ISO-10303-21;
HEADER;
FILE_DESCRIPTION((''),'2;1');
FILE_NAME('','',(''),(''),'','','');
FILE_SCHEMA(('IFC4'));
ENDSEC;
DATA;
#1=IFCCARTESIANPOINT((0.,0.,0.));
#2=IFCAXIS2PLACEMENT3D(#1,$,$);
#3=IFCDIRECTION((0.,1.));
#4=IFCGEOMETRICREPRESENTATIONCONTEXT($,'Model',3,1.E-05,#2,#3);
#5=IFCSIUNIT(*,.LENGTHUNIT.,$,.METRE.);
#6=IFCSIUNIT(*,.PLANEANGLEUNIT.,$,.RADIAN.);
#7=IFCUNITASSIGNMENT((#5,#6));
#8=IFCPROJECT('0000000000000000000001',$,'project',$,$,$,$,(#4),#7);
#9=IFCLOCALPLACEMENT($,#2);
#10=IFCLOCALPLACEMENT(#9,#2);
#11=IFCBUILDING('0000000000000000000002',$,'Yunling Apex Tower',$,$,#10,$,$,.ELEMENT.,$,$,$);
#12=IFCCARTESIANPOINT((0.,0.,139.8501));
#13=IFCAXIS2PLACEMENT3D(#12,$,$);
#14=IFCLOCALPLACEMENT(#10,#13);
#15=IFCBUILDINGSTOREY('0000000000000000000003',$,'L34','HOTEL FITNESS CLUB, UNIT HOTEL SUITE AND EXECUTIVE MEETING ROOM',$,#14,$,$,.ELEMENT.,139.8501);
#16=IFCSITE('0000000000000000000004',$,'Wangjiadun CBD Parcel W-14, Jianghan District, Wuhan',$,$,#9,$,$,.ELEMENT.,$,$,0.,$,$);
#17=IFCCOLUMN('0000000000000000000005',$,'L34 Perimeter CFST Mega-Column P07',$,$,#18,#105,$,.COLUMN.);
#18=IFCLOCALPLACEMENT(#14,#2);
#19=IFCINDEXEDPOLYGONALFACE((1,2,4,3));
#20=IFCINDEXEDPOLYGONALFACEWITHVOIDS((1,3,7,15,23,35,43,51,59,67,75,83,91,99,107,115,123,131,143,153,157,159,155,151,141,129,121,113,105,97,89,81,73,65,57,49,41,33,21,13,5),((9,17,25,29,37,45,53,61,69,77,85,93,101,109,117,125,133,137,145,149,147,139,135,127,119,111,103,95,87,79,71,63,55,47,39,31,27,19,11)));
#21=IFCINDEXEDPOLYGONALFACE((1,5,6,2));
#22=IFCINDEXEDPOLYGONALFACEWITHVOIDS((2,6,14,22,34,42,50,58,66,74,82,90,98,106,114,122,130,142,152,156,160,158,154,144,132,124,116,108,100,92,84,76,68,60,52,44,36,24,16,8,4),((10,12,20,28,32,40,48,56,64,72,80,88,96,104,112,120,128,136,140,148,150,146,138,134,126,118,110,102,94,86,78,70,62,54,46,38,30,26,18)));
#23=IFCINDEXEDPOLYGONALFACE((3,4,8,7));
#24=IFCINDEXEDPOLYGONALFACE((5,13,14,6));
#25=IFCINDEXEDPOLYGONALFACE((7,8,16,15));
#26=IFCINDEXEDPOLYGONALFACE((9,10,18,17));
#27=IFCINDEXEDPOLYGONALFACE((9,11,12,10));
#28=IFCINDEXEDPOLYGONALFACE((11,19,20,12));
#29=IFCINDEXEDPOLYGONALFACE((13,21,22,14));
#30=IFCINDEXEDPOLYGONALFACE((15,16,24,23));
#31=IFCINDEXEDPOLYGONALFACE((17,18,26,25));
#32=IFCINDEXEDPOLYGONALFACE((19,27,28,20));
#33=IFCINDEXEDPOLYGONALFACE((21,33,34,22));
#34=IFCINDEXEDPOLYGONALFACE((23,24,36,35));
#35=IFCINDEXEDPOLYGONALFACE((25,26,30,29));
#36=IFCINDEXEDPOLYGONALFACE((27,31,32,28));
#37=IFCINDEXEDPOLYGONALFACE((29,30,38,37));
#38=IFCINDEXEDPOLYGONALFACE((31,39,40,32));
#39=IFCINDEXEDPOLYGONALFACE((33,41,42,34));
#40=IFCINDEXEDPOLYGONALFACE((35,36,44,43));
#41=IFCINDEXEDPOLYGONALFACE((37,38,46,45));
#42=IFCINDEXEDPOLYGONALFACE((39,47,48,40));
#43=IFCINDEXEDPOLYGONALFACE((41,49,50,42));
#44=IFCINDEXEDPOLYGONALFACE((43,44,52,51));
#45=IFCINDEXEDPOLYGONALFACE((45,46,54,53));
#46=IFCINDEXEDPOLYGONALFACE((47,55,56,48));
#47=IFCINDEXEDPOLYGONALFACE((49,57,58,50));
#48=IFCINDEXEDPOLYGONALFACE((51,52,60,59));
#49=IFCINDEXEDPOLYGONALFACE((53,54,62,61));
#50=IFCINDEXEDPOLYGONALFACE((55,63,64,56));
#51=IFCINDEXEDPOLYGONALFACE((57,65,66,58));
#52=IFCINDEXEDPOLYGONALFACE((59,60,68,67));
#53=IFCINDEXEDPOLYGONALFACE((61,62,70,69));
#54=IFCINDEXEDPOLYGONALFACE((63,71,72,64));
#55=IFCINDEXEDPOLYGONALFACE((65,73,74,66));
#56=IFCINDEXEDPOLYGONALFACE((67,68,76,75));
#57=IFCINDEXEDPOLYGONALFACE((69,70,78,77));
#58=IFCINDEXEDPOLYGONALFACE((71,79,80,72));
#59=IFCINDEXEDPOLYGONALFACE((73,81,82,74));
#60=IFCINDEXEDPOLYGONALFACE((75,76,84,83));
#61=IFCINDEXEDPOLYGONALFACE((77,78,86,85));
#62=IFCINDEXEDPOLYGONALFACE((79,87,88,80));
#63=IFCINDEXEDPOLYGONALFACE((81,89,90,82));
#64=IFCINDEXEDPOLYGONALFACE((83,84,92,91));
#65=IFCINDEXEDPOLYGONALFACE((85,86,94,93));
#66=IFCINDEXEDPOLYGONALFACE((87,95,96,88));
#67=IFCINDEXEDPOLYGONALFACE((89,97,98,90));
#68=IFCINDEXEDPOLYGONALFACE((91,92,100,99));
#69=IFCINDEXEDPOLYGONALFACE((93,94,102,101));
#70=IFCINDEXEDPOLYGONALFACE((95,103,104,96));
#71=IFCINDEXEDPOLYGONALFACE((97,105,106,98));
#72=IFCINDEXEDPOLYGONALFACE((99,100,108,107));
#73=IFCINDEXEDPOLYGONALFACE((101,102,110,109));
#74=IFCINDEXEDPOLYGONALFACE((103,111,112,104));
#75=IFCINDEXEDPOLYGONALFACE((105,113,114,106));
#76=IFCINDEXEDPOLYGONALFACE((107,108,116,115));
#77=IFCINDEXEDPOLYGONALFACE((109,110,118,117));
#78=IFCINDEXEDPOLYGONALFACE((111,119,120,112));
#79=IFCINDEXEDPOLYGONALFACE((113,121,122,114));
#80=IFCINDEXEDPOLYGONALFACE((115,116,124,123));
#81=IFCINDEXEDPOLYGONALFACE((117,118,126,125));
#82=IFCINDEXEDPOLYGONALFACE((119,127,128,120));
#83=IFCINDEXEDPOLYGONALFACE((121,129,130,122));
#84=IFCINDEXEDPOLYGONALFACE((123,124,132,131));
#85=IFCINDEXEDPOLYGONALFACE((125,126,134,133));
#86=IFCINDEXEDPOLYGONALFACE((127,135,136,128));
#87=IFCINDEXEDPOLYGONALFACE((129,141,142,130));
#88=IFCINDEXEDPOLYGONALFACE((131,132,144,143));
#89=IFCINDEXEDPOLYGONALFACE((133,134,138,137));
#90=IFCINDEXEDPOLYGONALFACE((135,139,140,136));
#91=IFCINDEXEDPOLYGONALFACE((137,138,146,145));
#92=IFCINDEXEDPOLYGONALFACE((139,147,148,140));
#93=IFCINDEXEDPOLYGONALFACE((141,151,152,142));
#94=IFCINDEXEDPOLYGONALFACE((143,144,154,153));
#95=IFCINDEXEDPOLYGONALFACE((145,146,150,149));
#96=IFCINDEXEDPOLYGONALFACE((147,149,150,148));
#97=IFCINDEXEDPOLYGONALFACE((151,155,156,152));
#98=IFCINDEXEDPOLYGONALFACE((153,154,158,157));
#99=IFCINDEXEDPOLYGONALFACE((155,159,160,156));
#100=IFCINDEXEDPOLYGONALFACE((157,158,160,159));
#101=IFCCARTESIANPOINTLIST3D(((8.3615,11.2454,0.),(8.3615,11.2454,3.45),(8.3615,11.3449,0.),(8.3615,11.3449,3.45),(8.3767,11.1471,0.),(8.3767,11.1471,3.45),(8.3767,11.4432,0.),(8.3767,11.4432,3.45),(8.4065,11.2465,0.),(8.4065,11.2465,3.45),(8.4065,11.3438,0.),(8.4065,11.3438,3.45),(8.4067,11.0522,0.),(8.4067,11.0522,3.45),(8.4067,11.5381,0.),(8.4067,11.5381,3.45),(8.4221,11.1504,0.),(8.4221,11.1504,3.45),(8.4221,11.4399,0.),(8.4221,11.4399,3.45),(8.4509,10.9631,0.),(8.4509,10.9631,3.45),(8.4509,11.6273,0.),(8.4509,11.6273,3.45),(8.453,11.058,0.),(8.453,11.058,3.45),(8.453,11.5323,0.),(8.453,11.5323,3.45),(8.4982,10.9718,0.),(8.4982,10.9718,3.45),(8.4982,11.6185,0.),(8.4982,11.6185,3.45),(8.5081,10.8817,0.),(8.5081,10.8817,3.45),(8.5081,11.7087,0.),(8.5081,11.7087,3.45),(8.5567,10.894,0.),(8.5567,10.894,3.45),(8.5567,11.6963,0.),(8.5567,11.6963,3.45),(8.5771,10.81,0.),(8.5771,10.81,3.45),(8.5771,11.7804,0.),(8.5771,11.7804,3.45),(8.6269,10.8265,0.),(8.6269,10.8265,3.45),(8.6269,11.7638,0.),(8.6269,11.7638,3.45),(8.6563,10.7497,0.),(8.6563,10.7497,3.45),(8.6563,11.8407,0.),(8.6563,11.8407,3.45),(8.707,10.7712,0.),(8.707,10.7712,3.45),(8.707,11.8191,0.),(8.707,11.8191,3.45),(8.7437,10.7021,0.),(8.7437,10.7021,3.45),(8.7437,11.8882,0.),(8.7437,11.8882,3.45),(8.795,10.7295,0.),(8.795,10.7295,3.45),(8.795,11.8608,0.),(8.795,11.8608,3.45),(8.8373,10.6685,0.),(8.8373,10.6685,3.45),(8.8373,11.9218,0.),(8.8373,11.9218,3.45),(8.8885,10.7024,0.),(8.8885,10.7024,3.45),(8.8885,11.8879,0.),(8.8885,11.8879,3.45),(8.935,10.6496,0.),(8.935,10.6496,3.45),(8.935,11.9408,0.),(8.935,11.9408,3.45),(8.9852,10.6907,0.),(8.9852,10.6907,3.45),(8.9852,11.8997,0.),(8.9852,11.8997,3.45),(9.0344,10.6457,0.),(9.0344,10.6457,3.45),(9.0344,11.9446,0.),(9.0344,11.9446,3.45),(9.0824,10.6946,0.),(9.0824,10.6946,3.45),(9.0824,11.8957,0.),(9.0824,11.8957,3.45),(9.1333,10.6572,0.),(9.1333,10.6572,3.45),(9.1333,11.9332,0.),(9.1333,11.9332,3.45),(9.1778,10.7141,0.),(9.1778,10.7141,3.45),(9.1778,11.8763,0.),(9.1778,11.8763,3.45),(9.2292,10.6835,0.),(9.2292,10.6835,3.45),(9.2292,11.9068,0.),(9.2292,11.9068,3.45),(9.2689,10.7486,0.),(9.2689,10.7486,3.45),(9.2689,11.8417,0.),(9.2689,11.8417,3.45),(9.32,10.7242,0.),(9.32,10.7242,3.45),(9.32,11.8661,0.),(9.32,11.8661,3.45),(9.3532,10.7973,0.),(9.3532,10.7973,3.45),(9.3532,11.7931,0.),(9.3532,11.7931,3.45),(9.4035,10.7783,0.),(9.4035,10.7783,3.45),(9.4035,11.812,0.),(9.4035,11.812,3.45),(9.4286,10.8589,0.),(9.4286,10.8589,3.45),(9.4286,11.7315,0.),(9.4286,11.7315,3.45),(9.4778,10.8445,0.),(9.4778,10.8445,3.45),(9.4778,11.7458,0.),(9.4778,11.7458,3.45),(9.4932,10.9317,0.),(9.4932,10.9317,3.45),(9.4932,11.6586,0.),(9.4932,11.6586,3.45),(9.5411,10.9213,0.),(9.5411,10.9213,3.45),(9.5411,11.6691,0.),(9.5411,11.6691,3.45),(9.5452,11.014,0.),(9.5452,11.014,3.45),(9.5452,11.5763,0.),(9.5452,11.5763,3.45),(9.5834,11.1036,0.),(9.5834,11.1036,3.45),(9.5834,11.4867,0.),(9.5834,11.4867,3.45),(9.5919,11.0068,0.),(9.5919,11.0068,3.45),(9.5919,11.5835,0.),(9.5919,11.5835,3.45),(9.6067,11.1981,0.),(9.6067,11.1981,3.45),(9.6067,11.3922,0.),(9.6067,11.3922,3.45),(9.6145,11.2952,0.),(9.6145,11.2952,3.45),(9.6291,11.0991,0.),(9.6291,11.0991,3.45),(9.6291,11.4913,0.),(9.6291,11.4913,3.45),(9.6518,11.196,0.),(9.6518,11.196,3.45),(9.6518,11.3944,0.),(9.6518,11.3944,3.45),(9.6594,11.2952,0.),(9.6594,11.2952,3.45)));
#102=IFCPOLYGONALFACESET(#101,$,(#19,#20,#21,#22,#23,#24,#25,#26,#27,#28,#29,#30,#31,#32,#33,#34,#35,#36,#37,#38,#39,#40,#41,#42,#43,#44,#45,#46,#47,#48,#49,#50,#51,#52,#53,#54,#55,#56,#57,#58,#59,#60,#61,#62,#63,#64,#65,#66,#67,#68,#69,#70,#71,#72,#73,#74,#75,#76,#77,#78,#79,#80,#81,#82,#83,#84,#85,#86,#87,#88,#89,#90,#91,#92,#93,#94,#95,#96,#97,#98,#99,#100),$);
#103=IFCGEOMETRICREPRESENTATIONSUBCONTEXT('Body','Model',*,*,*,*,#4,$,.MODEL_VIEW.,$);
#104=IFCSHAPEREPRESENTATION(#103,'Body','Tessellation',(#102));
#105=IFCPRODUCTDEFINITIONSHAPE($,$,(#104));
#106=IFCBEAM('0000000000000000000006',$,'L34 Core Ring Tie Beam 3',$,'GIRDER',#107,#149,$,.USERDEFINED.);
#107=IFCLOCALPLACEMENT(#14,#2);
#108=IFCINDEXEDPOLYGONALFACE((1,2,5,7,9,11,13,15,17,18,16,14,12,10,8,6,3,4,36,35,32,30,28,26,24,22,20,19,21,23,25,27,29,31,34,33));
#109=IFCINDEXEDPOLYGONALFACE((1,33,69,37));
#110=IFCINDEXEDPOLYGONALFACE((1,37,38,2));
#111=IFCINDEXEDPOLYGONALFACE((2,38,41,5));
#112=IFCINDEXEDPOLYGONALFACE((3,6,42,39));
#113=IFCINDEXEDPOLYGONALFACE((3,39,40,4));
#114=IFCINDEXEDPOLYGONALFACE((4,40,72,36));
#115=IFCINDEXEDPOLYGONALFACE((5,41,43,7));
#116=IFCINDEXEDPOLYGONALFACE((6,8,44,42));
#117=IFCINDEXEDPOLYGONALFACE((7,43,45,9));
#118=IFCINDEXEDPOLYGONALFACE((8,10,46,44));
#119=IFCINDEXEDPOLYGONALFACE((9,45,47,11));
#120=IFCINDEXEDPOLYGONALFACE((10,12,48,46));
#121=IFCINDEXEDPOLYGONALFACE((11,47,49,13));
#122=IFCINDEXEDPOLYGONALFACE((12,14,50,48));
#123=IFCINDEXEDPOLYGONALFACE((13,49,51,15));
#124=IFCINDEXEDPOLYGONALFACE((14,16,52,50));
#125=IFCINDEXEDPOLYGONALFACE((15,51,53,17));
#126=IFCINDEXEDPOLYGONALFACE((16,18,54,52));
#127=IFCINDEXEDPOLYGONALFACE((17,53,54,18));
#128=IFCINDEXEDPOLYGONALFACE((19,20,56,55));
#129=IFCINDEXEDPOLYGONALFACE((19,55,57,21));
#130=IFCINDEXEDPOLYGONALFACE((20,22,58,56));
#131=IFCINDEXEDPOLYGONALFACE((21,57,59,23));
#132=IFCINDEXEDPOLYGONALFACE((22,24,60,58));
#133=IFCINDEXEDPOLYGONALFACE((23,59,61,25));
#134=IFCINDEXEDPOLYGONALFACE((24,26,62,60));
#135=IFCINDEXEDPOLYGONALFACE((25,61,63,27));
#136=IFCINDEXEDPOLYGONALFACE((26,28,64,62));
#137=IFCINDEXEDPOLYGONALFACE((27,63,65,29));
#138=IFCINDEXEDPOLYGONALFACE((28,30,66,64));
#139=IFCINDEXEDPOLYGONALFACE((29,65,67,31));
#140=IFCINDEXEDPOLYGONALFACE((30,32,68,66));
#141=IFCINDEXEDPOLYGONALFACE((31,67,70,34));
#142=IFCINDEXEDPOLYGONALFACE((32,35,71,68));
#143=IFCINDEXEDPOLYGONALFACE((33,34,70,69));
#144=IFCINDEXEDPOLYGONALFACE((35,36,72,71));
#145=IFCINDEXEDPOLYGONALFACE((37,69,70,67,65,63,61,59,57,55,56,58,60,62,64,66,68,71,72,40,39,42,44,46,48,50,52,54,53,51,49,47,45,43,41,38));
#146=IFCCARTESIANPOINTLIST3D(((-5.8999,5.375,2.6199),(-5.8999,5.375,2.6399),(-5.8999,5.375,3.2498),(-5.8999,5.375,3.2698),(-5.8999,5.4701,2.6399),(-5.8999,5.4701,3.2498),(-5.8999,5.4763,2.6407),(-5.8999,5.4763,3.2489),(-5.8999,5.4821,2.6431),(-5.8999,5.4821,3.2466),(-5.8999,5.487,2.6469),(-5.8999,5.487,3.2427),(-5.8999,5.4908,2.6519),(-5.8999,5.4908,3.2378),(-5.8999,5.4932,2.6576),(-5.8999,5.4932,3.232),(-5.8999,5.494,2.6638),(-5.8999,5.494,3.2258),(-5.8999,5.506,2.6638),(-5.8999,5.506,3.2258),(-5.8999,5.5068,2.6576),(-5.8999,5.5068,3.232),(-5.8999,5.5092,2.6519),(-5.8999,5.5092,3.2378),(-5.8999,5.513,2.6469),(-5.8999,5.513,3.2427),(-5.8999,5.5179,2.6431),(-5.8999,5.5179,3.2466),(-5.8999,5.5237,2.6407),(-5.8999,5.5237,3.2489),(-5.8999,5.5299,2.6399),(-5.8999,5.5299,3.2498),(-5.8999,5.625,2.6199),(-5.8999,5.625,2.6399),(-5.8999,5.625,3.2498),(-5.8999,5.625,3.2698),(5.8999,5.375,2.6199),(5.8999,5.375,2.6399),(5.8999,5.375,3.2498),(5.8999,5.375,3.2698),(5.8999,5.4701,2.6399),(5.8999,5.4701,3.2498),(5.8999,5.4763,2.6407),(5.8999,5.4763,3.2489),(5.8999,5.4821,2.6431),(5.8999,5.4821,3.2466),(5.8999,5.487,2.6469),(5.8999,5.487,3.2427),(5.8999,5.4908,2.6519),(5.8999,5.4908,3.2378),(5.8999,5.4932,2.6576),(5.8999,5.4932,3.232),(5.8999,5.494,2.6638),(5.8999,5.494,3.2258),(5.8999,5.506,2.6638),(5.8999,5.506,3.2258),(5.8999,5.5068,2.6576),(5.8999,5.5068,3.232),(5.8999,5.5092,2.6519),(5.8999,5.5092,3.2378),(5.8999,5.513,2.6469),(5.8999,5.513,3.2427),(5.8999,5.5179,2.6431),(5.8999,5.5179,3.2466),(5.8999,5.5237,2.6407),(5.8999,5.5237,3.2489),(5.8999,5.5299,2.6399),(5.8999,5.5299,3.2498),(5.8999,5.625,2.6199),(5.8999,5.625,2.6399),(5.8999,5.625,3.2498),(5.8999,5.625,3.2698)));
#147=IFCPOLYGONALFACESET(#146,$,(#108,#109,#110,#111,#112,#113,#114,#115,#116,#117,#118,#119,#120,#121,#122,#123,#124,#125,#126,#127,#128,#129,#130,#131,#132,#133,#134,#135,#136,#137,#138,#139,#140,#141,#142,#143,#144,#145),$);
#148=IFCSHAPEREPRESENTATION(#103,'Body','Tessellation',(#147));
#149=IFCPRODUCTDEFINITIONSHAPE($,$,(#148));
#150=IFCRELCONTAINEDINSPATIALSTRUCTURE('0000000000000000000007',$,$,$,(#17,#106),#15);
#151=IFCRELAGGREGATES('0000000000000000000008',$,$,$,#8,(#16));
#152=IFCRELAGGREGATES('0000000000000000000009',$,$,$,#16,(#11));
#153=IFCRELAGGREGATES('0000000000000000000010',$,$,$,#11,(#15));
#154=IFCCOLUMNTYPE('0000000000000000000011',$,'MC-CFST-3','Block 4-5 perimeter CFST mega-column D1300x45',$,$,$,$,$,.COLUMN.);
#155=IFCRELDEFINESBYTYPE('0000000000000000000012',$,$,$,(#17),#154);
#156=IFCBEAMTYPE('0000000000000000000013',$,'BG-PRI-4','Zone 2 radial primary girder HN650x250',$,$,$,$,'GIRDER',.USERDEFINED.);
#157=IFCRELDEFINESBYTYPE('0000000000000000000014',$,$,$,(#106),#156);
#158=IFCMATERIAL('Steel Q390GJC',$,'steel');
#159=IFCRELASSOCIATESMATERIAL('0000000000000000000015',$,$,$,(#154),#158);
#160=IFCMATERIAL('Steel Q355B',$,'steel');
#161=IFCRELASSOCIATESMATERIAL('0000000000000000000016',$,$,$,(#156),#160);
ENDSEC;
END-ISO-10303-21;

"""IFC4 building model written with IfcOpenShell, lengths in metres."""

from ifc_helpers import new_model, si_unit, direction, frame, origin, origin_2d, place, context, subcontext, project, spatial, hollow_circle, i_section, extrude, source, transform, mapped, material, material_profile, profile_set, type_object, element, save


model = new_model("IFC4")

# Units and contexts
model_context = context("Model", 3, precision=1e-05, world=origin(), true_north=direction((0.0, 1.0)))
body_context = subcontext(model_context, "Body", "Model", "MODEL_VIEW")
ifc_project = project(units=[si_unit("LENGTHUNIT", "METRE"), si_unit("PLANEANGLEUNIT", "RADIAN")], contexts=[model_context])

# Site, building, storey
site_placement = place(None, origin())
site = spatial("IfcSite", under=ifc_project, at=site_placement, Name="Wangjiadun CBD Parcel W-14, Jianghan District, Wuhan", CompositionType="ELEMENT", RefElevation=0.0)
building_placement = place(site_placement, origin())
building = spatial("IfcBuilding", under=site, at=building_placement, Name="Yunling Apex Tower", CompositionType="ELEMENT")
storey_placement = place(building_placement, frame((0.0, 0.0, 139.8501)))
storey = spatial("IfcBuildingStorey", under=building, at=storey_placement, Name="L34", Description="HOTEL FITNESS CLUB, UNIT HOTEL SUITE AND EXECUTIVE MEETING ROOM", CompositionType="ELEMENT", Elevation=139.8501)

# Column
ifc_material_1 = material(Name="Steel Q390GJC", Category="steel")
ifc_material_profile_1 = material_profile(ifc_material_1, hollow_circle(Radius=0.6499, WallThickness=0.0449, at=origin_2d()))
ifc_profile_set_1 = profile_set([ifc_material_profile_1], Name="Steel Q390GJC")
column_type_1 = type_object("IfcColumnType", Name="MC-CFST-3", Description="Block 4-5 perimeter CFST mega-column D1300x45", PredefinedType="COLUMN", material=ifc_profile_set_1)
shared_shape_1 = source(origin(), body_context, "Body", "SweptSolid", [
    extrude(hollow_circle(Radius=0.6499, WallThickness=0.0449, at=origin_2d()), origin(), (0.0, 0.0, 1.0), 3.45),
])
for number, where, z_axis, x_axis, name in (
    (1, (9.0095, 11.2952, 0.0), (0.0, 0.0, 1.0), (1.0, 0.0, 0.0), "L34 Perimeter CFST Mega-Column P07"),
):
    element("IfcColumn", number, at=place(storey_placement, frame(where, z_axis=z_axis, x_axis=x_axis)), inside=storey, type_object=column_type_1, Name=name, PredefinedType="COLUMN", context=body_context, shape_type="MappedRepresentation", body=[
        mapped(shared_shape_1, transform((0.0, 0.0, 0.0), scale=1.0)),
    ])

# Beam
ifc_material_2 = material(Name="Steel Q355B", Category="steel")
ifc_material_profile_2 = material_profile(ifc_material_2, i_section(OverallWidth=0.25, OverallDepth=0.6499, WebThickness=0.012, FlangeThickness=0.02, FilletRadius=0.0239, at=origin_2d()))
ifc_profile_set_2 = profile_set([ifc_material_profile_2], Name="Steel Q355B")
beam_type_1 = type_object("IfcBeamType", Name="BG-PRI-4", Description="Zone 2 radial primary girder HN650x250", ElementType="GIRDER", PredefinedType="USERDEFINED", material=ifc_profile_set_2)
shared_shape_2 = source(origin(), body_context, "Body", "SweptSolid", [
    extrude(i_section(OverallWidth=0.25, OverallDepth=0.6499, WebThickness=0.012, FlangeThickness=0.02, FilletRadius=0.0239, at=origin_2d()), origin(), (0.0, 0.0, 1.0), 11.7998),
])
beam_1_placement = place(storey_placement, frame((5.8999, 5.5, 2.9448), z_axis=(-1.0, 0.0, 0.0), x_axis=(0.0, -1.0, 0.0)))
element("IfcBeam", 2, at=beam_1_placement, inside=storey, type_object=beam_type_1, Name="L34 Core Ring Tie Beam 3", ObjectType="GIRDER", PredefinedType="USERDEFINED", context=body_context, shape_type="MappedRepresentation", body=[
    mapped(shared_shape_2, transform((0.0, 0.0, 0.0), scale=1.0)),
])

save(model, "model.ifc")
